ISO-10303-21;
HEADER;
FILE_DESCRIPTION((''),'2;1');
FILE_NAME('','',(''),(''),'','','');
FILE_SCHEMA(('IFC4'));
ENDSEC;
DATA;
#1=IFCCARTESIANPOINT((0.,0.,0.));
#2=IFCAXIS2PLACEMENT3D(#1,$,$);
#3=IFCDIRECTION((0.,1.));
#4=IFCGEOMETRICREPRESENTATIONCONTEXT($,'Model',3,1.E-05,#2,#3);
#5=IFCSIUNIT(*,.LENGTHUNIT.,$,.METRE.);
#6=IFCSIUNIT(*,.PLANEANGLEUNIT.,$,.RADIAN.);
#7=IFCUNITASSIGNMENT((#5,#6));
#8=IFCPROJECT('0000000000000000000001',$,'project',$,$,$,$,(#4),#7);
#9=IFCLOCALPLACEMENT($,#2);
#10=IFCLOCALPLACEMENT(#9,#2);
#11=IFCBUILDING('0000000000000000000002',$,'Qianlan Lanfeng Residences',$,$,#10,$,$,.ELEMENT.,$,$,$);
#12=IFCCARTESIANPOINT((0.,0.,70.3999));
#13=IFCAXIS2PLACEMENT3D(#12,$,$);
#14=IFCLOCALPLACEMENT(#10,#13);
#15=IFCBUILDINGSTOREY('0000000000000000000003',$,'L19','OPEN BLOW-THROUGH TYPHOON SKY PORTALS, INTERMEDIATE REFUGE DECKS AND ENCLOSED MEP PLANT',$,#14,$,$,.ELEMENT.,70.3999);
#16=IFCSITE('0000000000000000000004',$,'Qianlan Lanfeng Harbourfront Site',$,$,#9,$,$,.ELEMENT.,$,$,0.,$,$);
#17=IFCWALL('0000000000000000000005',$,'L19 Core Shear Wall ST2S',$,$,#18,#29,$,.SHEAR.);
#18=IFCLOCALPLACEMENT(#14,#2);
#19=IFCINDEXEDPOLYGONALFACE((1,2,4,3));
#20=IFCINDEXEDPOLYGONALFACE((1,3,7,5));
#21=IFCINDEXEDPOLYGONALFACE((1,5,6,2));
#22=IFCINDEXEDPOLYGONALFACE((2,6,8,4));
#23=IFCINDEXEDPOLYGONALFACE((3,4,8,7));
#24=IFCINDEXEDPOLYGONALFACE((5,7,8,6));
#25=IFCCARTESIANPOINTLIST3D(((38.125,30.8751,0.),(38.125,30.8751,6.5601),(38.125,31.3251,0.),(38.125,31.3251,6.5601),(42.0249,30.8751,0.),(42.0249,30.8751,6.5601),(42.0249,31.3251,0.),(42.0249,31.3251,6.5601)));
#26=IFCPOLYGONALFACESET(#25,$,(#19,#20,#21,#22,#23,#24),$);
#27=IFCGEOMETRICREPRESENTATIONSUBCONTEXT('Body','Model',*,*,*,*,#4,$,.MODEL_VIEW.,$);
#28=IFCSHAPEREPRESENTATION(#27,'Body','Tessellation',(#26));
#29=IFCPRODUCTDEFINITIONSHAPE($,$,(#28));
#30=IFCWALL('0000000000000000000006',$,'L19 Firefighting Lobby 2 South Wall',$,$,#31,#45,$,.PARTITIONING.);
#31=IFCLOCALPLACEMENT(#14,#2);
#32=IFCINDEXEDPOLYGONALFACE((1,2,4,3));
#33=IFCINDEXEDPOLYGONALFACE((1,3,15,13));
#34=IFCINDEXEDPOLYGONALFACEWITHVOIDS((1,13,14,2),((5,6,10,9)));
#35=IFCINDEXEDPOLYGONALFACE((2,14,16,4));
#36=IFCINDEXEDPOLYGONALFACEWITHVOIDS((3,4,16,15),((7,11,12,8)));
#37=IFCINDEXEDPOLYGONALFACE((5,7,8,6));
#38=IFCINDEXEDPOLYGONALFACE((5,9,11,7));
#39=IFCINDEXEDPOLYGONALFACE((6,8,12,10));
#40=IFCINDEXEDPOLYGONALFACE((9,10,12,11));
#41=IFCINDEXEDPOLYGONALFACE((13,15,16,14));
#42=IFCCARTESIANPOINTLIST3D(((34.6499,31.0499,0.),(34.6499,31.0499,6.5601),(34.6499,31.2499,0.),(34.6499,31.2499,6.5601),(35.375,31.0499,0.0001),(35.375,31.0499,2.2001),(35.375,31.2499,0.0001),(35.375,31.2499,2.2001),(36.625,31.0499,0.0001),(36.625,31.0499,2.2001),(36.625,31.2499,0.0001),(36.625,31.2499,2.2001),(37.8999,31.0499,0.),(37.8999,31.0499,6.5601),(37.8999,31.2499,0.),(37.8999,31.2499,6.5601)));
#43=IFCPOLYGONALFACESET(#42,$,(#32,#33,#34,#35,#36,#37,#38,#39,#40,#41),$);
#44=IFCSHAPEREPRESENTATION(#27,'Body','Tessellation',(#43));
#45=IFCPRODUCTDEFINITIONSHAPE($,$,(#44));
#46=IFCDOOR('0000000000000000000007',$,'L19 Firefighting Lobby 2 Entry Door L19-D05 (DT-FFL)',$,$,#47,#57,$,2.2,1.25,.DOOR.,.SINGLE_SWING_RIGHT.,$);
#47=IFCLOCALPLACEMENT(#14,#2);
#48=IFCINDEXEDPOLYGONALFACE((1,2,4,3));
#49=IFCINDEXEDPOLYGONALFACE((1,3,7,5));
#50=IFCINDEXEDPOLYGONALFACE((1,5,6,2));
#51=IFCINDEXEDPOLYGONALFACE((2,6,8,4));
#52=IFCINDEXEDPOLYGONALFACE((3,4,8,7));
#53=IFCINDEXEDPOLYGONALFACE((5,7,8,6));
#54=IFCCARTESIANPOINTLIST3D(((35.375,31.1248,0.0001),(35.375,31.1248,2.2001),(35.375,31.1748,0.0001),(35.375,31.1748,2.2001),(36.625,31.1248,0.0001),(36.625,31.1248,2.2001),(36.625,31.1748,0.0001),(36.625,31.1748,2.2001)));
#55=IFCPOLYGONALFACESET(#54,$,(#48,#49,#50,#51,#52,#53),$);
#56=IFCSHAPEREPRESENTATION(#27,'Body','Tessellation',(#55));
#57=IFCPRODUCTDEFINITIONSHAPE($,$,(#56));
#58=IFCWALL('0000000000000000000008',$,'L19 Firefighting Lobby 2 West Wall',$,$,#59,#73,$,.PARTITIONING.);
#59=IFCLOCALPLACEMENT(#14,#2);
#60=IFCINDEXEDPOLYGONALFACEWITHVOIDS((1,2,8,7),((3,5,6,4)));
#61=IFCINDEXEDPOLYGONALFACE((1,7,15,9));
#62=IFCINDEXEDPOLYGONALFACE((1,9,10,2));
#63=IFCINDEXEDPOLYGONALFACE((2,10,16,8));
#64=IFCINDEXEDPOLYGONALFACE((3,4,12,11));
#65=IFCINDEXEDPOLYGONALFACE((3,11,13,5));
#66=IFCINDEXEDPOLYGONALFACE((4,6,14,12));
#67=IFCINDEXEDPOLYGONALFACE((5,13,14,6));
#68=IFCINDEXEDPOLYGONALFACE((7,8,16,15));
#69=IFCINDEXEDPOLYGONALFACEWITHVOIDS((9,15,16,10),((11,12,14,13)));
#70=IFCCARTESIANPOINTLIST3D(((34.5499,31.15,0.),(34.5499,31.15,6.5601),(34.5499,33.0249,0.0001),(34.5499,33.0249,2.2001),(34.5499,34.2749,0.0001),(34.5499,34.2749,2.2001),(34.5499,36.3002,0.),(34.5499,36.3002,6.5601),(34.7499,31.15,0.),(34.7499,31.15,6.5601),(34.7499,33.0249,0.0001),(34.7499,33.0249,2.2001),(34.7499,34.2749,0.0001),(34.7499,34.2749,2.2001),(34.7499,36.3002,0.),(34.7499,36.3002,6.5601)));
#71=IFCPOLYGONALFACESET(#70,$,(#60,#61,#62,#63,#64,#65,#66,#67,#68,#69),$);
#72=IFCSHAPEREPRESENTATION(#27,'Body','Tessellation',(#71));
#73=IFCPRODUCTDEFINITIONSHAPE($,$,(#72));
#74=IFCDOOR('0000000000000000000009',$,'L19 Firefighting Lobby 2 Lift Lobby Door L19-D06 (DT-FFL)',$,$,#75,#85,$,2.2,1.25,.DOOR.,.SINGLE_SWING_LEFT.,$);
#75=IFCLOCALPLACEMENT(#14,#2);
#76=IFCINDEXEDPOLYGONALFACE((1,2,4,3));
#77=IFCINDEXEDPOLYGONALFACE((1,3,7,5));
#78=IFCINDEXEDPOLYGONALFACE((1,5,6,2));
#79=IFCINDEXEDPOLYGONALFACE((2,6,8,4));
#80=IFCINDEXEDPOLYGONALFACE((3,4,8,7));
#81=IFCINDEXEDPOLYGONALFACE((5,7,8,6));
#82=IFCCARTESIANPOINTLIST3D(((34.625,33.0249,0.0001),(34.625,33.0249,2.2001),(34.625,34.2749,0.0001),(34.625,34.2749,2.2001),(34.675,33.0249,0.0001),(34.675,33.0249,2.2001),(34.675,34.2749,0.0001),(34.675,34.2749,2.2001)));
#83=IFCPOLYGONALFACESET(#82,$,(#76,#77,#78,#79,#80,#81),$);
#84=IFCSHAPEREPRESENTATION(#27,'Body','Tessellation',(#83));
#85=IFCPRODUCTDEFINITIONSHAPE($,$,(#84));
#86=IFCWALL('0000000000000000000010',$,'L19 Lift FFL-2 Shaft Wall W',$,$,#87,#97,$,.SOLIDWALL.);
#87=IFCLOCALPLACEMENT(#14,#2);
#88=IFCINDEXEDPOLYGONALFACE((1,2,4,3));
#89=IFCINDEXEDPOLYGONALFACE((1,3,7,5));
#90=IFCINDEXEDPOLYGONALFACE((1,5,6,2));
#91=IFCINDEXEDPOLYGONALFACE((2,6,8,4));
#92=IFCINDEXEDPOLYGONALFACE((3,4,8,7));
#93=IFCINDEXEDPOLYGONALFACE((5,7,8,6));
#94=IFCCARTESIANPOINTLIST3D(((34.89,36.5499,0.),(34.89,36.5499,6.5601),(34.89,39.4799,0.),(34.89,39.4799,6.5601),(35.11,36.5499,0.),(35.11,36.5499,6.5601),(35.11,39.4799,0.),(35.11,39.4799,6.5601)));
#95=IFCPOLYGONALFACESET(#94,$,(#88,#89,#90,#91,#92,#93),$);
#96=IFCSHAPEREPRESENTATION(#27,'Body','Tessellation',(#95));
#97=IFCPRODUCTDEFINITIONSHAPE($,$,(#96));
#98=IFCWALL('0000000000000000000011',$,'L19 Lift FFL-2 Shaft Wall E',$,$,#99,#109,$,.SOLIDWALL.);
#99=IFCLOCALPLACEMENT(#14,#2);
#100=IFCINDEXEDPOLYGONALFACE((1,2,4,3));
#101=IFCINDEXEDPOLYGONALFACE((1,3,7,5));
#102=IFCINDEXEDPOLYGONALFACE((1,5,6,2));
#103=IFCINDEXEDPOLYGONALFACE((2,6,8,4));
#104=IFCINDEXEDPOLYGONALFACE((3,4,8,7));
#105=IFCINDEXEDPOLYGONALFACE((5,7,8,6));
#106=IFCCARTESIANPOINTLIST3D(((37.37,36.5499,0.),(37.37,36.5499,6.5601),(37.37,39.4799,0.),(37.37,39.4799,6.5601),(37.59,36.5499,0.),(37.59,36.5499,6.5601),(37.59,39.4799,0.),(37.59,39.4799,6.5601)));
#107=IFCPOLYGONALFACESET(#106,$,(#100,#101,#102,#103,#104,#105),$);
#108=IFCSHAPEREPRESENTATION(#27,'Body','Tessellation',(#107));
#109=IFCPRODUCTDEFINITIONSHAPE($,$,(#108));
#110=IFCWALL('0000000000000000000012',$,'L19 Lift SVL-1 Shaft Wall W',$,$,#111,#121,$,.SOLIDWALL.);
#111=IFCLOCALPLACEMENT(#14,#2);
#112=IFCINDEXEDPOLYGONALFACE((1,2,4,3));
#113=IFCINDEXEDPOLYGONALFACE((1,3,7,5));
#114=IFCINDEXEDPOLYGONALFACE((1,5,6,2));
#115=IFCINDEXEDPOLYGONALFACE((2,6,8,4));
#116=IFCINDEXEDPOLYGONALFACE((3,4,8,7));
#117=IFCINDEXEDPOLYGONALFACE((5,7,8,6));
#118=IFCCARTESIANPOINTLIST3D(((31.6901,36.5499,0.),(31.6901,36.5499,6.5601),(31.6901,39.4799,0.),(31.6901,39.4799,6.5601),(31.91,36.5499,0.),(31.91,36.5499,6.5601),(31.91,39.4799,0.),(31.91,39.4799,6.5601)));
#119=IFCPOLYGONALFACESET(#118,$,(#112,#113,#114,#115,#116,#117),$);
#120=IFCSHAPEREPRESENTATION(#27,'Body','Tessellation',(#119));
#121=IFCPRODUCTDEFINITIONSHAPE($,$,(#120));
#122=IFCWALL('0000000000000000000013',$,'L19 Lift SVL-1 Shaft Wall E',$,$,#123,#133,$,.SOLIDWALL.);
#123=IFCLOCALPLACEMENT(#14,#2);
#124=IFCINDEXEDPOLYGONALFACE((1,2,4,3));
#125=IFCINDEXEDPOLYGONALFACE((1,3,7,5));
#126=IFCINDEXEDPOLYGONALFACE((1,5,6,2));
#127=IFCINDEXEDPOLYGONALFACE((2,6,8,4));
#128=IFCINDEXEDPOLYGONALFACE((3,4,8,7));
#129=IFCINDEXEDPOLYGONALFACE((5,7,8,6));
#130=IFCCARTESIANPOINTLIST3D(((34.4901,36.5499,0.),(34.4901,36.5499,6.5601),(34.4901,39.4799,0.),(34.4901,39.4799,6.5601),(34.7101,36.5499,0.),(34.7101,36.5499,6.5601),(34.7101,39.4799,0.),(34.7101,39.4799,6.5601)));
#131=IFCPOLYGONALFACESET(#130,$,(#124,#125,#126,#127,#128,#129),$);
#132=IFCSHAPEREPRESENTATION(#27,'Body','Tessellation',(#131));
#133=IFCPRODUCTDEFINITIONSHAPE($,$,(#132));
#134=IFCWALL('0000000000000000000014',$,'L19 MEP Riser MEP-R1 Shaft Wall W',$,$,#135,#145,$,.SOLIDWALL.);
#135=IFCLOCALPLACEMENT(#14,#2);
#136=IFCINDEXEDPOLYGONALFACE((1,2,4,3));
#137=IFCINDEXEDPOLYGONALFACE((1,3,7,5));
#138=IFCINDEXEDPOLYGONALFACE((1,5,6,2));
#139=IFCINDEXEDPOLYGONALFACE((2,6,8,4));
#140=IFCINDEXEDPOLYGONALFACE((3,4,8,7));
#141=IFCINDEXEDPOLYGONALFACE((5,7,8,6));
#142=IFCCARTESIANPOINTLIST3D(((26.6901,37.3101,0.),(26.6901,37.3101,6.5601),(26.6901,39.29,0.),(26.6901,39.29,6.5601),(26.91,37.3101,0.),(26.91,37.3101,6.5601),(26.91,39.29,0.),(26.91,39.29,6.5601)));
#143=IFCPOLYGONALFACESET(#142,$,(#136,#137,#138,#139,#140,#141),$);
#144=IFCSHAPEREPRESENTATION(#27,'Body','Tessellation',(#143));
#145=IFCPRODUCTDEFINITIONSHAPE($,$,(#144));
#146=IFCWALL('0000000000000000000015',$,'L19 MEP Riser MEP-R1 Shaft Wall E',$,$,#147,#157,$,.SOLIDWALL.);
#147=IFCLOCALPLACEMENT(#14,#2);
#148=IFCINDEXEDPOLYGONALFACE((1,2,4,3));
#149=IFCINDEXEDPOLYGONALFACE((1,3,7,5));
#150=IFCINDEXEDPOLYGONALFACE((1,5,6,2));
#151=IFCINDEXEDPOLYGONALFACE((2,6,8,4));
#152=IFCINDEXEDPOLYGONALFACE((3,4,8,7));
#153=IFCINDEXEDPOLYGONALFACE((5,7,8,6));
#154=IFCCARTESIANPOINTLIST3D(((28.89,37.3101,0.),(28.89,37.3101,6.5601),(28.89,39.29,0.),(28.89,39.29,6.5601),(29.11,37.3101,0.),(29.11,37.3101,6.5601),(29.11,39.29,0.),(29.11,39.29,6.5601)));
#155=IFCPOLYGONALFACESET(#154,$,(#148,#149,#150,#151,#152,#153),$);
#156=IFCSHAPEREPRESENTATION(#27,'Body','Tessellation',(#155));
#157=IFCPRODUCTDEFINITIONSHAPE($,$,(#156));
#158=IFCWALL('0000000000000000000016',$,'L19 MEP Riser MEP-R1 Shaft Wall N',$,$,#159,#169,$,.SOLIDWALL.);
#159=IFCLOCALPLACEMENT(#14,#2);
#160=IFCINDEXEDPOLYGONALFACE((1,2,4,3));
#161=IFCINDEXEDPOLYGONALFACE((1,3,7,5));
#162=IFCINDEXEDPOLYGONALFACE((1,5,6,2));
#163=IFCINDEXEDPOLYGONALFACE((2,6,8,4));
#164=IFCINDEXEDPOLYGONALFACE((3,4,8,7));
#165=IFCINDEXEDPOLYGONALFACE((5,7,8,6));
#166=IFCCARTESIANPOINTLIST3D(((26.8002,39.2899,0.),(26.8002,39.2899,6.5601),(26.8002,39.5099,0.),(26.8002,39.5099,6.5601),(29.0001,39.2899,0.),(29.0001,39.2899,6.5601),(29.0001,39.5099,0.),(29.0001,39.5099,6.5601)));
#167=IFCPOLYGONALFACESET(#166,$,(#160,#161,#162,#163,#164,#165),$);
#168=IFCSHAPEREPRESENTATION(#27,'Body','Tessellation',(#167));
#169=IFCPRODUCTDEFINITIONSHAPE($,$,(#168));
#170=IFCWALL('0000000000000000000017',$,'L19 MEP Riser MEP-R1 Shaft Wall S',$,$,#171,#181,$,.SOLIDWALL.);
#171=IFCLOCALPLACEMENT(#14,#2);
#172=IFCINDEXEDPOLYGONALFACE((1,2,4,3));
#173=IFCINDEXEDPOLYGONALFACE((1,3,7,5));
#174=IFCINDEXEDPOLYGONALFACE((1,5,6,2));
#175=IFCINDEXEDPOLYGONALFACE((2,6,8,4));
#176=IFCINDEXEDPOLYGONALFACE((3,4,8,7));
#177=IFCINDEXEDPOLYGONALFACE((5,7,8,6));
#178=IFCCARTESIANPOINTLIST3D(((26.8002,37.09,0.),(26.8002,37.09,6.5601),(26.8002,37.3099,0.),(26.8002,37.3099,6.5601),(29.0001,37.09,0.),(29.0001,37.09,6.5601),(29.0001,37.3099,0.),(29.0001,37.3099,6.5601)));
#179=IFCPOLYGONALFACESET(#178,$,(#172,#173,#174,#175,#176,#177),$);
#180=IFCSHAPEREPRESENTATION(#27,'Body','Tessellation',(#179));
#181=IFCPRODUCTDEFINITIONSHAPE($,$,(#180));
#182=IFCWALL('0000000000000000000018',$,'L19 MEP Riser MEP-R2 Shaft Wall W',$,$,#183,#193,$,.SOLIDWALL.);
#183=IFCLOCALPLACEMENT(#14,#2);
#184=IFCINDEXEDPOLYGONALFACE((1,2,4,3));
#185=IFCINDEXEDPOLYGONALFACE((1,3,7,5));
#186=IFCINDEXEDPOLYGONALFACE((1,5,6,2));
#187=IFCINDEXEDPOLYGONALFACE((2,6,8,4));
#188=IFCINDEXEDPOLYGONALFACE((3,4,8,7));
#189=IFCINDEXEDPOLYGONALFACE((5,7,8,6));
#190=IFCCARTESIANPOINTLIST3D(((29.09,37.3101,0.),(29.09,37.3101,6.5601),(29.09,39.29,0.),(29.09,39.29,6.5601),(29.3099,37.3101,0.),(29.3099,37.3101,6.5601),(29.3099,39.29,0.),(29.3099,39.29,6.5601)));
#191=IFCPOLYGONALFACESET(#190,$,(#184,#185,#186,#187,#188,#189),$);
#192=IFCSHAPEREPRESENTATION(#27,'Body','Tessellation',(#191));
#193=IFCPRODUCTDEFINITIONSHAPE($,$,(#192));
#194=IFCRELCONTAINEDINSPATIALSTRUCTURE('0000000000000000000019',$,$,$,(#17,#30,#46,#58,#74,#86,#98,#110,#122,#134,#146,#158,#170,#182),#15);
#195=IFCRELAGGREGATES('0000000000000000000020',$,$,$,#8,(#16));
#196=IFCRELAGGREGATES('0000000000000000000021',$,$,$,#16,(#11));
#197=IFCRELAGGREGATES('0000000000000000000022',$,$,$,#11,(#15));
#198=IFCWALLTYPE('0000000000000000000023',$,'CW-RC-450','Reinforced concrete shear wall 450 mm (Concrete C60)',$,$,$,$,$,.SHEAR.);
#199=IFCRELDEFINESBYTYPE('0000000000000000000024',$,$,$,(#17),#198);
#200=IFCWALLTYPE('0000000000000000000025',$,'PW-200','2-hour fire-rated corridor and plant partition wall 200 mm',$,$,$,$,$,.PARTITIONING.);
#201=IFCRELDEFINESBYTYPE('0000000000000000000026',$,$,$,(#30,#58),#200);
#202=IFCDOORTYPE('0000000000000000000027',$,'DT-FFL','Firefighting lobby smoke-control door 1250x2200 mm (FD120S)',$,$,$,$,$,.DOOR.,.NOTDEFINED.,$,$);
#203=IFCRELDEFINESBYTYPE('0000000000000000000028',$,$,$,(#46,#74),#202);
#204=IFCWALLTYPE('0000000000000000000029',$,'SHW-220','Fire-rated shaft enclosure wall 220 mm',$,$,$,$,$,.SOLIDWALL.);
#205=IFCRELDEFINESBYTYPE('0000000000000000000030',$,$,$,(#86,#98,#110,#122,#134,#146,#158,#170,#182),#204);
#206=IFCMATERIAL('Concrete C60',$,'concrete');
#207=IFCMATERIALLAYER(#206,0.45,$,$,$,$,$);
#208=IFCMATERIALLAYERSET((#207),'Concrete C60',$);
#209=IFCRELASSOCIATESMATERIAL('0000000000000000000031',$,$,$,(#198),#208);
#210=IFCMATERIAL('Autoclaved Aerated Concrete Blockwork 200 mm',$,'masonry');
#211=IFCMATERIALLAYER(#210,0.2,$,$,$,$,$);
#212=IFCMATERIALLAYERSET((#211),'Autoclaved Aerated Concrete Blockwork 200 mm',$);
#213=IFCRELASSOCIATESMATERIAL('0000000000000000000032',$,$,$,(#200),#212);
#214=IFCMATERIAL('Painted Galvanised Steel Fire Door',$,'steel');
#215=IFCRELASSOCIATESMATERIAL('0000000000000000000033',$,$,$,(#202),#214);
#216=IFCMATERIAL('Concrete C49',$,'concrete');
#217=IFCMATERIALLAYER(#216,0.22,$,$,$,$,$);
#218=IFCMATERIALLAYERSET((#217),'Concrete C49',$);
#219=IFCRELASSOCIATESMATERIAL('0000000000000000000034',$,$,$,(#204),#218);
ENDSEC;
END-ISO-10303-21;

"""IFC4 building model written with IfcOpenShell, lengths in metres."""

from ifc_helpers import new_model, si_unit, direction, frame, frame_2d, origin, place, context, subcontext, project, spatial, rectangle, extrude, material, layer, layer_set, type_object, element, fill, save


model = new_model("IFC4")

# Units and contexts
model_context = context("Model", 3, precision=1e-05, world=origin(), true_north=direction((0.0, 1.0)))
body_context = subcontext(model_context, "Body", "Model", "MODEL_VIEW")
ifc_project = project(units=[si_unit("LENGTHUNIT", "METRE"), si_unit("PLANEANGLEUNIT", "RADIAN")], contexts=[model_context])

# Site, building, storey
site_placement = place(None, origin())
site = spatial("IfcSite", under=ifc_project, at=site_placement, Name="Qianlan Lanfeng Harbourfront Site", CompositionType="ELEMENT", RefElevation=0.0)
building_placement = place(site_placement, origin())
building = spatial("IfcBuilding", under=site, at=building_placement, Name="Qianlan Lanfeng Residences", CompositionType="ELEMENT")
storey_placement = place(building_placement, frame((0.0, 0.0, 70.3999)))
storey = spatial("IfcBuildingStorey", under=building, at=storey_placement, Name="L19", Description="OPEN BLOW-THROUGH TYPHOON SKY PORTALS, INTERMEDIATE REFUGE DECKS AND ENCLOSED MEP PLANT", CompositionType="ELEMENT", Elevation=70.3999)

# Wall
ifc_material_1 = material(Name="Concrete C60", Category="concrete")
ifc_layer_1 = layer(ifc_material_1, 0.45)
ifc_layer_set_1 = layer_set([ifc_layer_1], Name="Concrete C60")
wall_type_1 = type_object("IfcWallType", Name="CW-RC-450", Description="Reinforced concrete shear wall 450 mm (Concrete C60)", PredefinedType="SHEAR", material=ifc_layer_set_1)
wall_1_placement = place(storey_placement, frame((38.125, 31.1001, 0.0), z_axis=(0.0, 0.0, 1.0), x_axis=(1.0, 0.0, 0.0)))
element("IfcWall", 1, at=wall_1_placement, inside=storey, type_object=wall_type_1, Name="L19 Core Shear Wall ST2S", PredefinedType="SHEAR", context=body_context, shape_type="SweptSolid", body=[
    extrude(rectangle(XDim=3.8999, YDim=0.45, at=frame_2d((1.95, 0.0))), origin(), (0.0, 0.0, 1.0), 6.5601),
])

# Walls, openings, doors
ifc_material_2 = material(Name="Autoclaved Aerated Concrete Blockwork 200 mm", Category="masonry")
ifc_layer_2 = layer(ifc_material_2, 0.2)
ifc_layer_set_2 = layer_set([ifc_layer_2], Name="Autoclaved Aerated Concrete Blockwork 200 mm")
wall_type_2 = type_object("IfcWallType", Name="PW-200", Description="2-hour fire-rated corridor and plant partition wall 200 mm", PredefinedType="PARTITIONING", material=ifc_layer_set_2)
wall_2_placement = place(storey_placement, frame((34.6499, 31.1499, 0.0), z_axis=(0.0, 0.0, 1.0), x_axis=(1.0, 0.0, 0.0)))
wall_2 = element("IfcWall", 2, at=wall_2_placement, inside=storey, type_object=wall_type_2, Name="L19 Firefighting Lobby 2 South Wall", PredefinedType="PARTITIONING", context=body_context, shape_type="SweptSolid", body=[
    extrude(rectangle(XDim=3.25, YDim=0.2, at=frame_2d((1.625, 0.0))), origin(), (0.0, 0.0, 1.0), 6.5601),
])
opening_1_placement = place(wall_2_placement, frame((0.7251, 0.0, 0.0)))
opening_1 = element("IfcOpeningElement", 3, at=opening_1_placement, cuts=wall_2, PredefinedType="OPENING", context=body_context, shape_type="SweptSolid", body=[
    extrude(rectangle(XDim=1.25, YDim=2.2, at=frame_2d((0.625, 1.1001))), frame((0.0, 0.1099, 0.0), z_axis=(0.0, -1.0, 0.0), x_axis=(1.0, 0.0, 0.0)), (0.0, 0.0, 1.0), 0.22),
])
ifc_material_3 = material(Name="Painted Galvanised Steel Fire Door", Category="steel")
door_type = type_object("IfcDoorType", Name="DT-FFL", Description="Firefighting lobby smoke-control door 1250x2200 mm (FD120S)", OperationType="NOTDEFINED", PredefinedType="DOOR", material=ifc_material_3)
door_1_placement = place(opening_1_placement, origin())
door_1 = element("IfcDoor", 4, at=door_1_placement, inside=storey, type_object=door_type, Name="L19 Firefighting Lobby 2 Entry Door L19-D05 (DT-FFL)", OperationType="SINGLE_SWING_RIGHT", OverallHeight=2.2, OverallWidth=1.25, PredefinedType="DOOR", context=body_context, shape_type="SweptSolid", body=[
    extrude(rectangle(XDim=1.25, YDim=2.2, at=frame_2d((0.625, 1.1001))), frame((0.0, 0.0249, 0.0), z_axis=(0.0, -1.0, 0.0), x_axis=(1.0, 0.0, 0.0)), (0.0, 0.0, 1.0), 0.05),
])
fill(opening_1, door_1)
wall_3_placement = place(storey_placement, frame((34.6499, 31.1499, 0.0), z_axis=(0.0, 0.0, 1.0), x_axis=(0.0, 1.0, 0.0)))
wall_3 = element("IfcWall", 5, at=wall_3_placement, inside=storey, type_object=wall_type_2, Name="L19 Firefighting Lobby 2 West Wall", PredefinedType="PARTITIONING", context=body_context, shape_type="SweptSolid", body=[
    extrude(rectangle(XDim=5.1501, YDim=0.2, at=frame_2d((2.5752, 0.0))), origin(), (0.0, 0.0, 1.0), 6.5601),
])
opening_2_placement = place(wall_3_placement, frame((1.875, 0.0, 0.0)))
opening_2 = element("IfcOpeningElement", 6, at=opening_2_placement, cuts=wall_3, PredefinedType="OPENING", context=body_context, shape_type="SweptSolid", body=[
    extrude(rectangle(XDim=1.25, YDim=2.2, at=frame_2d((0.625, 1.1001))), frame((0.0, 0.1099, 0.0), z_axis=(0.0, -1.0, 0.0), x_axis=(1.0, 0.0, 0.0)), (0.0, 0.0, 1.0), 0.22),
])
door_2_placement = place(opening_2_placement, origin())
door_2 = element("IfcDoor", 7, at=door_2_placement, inside=storey, type_object=door_type, Name="L19 Firefighting Lobby 2 Lift Lobby Door L19-D06 (DT-FFL)", OperationType="SINGLE_SWING_LEFT", OverallHeight=2.2, OverallWidth=1.25, PredefinedType="DOOR", context=body_context, shape_type="SweptSolid", body=[
    extrude(rectangle(XDim=1.25, YDim=2.2, at=frame_2d((0.625, 1.1001))), frame((0.0, 0.0249, 0.0), z_axis=(0.0, -1.0, 0.0), x_axis=(1.0, 0.0, 0.0)), (0.0, 0.0, 1.0), 0.05),
])
fill(opening_2, door_2)

# Walls
ifc_material_4 = material(Name="Concrete C49", Category="concrete")
ifc_layer_3 = layer(ifc_material_4, 0.22)
ifc_layer_set_3 = layer_set([ifc_layer_3], Name="Concrete C49")
wall_type_3 = type_object("IfcWallType", Name="SHW-220", Description="Fire-rated shaft enclosure wall 220 mm", PredefinedType="SOLIDWALL", material=ifc_layer_set_3)
for number, where, z_axis, x_axis, name in (
    (8, (35.0, 36.55, 0.0), (0.0, 0.0, 1.0), (0.0, 1.0, 0.0), "L19 Lift FFL-2 Shaft Wall W"),
    (9, (37.48, 36.55, 0.0), (0.0, 0.0, 1.0), (0.0, 1.0, 0.0), "L19 Lift FFL-2 Shaft Wall E"),
    (10, (31.8, 36.55, 0.0), (0.0, 0.0, 1.0), (0.0, 1.0, 0.0), "L19 Lift SVL-1 Shaft Wall W"),
    (11, (34.6001, 36.55, 0.0), (0.0, 0.0, 1.0), (0.0, 1.0, 0.0), "L19 Lift SVL-1 Shaft Wall E"),
):
    element("IfcWall", number, at=place(storey_placement, frame(where, z_axis=z_axis, x_axis=x_axis)), inside=storey, type_object=wall_type_3, Name=name, PredefinedType="SOLIDWALL", context=body_context, shape_type="SweptSolid", body=[
        extrude(rectangle(XDim=2.9299, YDim=0.22, at=frame_2d((1.4648, 0.0))), origin(), (0.0, 0.0, 1.0), 6.5601),
    ])
for number, where, z_axis, x_axis, name in (
    (12, (26.8, 37.3101, 0.0), (0.0, 0.0, 1.0), (0.0, 1.0, 0.0), "L19 MEP Riser MEP-R1 Shaft Wall W"),
    (13, (29.0, 37.3101, 0.0), (0.0, 0.0, 1.0), (0.0, 1.0, 0.0), "L19 MEP Riser MEP-R1 Shaft Wall E"),
):
    element("IfcWall", number, at=place(storey_placement, frame(where, z_axis=z_axis, x_axis=x_axis)), inside=storey, type_object=wall_type_3, Name=name, PredefinedType="SOLIDWALL", context=body_context, shape_type="SweptSolid", body=[
        extrude(rectangle(XDim=1.98, YDim=0.22, at=frame_2d((0.99, 0.0))), origin(), (0.0, 0.0, 1.0), 6.5601),
    ])
for number, where, z_axis, x_axis, name in (
    (14, (26.8, 39.3999, 0.0), (0.0, 0.0, 1.0), (1.0, 0.0, 0.0), "L19 MEP Riser MEP-R1 Shaft Wall N"),
    (15, (26.8, 37.2, 0.0), (0.0, 0.0, 1.0), (1.0, 0.0, 0.0), "L19 MEP Riser MEP-R1 Shaft Wall S"),
):
    element("IfcWall", number, at=place(storey_placement, frame(where, z_axis=z_axis, x_axis=x_axis)), inside=storey, type_object=wall_type_3, Name=name, PredefinedType="SOLIDWALL", context=body_context, shape_type="SweptSolid", body=[
        extrude(rectangle(XDim=2.2, YDim=0.22, at=frame_2d((1.1001, 0.0))), origin(), (0.0, 0.0, 1.0), 6.5601),
    ])
for number, where, z_axis, x_axis, name in (
    (16, (29.2, 37.3101, 0.0), (0.0, 0.0, 1.0), (0.0, 1.0, 0.0), "L19 MEP Riser MEP-R2 Shaft Wall W"),
):
    element("IfcWall", number, at=place(storey_placement, frame(where, z_axis=z_axis, x_axis=x_axis)), inside=storey, type_object=wall_type_3, Name=name, PredefinedType="SOLIDWALL", context=body_context, shape_type="SweptSolid", body=[
        extrude(rectangle(XDim=1.98, YDim=0.22, at=frame_2d((0.99, 0.0))), origin(), (0.0, 0.0, 1.0), 6.5601),
    ])

save(model, "model.ifc")
